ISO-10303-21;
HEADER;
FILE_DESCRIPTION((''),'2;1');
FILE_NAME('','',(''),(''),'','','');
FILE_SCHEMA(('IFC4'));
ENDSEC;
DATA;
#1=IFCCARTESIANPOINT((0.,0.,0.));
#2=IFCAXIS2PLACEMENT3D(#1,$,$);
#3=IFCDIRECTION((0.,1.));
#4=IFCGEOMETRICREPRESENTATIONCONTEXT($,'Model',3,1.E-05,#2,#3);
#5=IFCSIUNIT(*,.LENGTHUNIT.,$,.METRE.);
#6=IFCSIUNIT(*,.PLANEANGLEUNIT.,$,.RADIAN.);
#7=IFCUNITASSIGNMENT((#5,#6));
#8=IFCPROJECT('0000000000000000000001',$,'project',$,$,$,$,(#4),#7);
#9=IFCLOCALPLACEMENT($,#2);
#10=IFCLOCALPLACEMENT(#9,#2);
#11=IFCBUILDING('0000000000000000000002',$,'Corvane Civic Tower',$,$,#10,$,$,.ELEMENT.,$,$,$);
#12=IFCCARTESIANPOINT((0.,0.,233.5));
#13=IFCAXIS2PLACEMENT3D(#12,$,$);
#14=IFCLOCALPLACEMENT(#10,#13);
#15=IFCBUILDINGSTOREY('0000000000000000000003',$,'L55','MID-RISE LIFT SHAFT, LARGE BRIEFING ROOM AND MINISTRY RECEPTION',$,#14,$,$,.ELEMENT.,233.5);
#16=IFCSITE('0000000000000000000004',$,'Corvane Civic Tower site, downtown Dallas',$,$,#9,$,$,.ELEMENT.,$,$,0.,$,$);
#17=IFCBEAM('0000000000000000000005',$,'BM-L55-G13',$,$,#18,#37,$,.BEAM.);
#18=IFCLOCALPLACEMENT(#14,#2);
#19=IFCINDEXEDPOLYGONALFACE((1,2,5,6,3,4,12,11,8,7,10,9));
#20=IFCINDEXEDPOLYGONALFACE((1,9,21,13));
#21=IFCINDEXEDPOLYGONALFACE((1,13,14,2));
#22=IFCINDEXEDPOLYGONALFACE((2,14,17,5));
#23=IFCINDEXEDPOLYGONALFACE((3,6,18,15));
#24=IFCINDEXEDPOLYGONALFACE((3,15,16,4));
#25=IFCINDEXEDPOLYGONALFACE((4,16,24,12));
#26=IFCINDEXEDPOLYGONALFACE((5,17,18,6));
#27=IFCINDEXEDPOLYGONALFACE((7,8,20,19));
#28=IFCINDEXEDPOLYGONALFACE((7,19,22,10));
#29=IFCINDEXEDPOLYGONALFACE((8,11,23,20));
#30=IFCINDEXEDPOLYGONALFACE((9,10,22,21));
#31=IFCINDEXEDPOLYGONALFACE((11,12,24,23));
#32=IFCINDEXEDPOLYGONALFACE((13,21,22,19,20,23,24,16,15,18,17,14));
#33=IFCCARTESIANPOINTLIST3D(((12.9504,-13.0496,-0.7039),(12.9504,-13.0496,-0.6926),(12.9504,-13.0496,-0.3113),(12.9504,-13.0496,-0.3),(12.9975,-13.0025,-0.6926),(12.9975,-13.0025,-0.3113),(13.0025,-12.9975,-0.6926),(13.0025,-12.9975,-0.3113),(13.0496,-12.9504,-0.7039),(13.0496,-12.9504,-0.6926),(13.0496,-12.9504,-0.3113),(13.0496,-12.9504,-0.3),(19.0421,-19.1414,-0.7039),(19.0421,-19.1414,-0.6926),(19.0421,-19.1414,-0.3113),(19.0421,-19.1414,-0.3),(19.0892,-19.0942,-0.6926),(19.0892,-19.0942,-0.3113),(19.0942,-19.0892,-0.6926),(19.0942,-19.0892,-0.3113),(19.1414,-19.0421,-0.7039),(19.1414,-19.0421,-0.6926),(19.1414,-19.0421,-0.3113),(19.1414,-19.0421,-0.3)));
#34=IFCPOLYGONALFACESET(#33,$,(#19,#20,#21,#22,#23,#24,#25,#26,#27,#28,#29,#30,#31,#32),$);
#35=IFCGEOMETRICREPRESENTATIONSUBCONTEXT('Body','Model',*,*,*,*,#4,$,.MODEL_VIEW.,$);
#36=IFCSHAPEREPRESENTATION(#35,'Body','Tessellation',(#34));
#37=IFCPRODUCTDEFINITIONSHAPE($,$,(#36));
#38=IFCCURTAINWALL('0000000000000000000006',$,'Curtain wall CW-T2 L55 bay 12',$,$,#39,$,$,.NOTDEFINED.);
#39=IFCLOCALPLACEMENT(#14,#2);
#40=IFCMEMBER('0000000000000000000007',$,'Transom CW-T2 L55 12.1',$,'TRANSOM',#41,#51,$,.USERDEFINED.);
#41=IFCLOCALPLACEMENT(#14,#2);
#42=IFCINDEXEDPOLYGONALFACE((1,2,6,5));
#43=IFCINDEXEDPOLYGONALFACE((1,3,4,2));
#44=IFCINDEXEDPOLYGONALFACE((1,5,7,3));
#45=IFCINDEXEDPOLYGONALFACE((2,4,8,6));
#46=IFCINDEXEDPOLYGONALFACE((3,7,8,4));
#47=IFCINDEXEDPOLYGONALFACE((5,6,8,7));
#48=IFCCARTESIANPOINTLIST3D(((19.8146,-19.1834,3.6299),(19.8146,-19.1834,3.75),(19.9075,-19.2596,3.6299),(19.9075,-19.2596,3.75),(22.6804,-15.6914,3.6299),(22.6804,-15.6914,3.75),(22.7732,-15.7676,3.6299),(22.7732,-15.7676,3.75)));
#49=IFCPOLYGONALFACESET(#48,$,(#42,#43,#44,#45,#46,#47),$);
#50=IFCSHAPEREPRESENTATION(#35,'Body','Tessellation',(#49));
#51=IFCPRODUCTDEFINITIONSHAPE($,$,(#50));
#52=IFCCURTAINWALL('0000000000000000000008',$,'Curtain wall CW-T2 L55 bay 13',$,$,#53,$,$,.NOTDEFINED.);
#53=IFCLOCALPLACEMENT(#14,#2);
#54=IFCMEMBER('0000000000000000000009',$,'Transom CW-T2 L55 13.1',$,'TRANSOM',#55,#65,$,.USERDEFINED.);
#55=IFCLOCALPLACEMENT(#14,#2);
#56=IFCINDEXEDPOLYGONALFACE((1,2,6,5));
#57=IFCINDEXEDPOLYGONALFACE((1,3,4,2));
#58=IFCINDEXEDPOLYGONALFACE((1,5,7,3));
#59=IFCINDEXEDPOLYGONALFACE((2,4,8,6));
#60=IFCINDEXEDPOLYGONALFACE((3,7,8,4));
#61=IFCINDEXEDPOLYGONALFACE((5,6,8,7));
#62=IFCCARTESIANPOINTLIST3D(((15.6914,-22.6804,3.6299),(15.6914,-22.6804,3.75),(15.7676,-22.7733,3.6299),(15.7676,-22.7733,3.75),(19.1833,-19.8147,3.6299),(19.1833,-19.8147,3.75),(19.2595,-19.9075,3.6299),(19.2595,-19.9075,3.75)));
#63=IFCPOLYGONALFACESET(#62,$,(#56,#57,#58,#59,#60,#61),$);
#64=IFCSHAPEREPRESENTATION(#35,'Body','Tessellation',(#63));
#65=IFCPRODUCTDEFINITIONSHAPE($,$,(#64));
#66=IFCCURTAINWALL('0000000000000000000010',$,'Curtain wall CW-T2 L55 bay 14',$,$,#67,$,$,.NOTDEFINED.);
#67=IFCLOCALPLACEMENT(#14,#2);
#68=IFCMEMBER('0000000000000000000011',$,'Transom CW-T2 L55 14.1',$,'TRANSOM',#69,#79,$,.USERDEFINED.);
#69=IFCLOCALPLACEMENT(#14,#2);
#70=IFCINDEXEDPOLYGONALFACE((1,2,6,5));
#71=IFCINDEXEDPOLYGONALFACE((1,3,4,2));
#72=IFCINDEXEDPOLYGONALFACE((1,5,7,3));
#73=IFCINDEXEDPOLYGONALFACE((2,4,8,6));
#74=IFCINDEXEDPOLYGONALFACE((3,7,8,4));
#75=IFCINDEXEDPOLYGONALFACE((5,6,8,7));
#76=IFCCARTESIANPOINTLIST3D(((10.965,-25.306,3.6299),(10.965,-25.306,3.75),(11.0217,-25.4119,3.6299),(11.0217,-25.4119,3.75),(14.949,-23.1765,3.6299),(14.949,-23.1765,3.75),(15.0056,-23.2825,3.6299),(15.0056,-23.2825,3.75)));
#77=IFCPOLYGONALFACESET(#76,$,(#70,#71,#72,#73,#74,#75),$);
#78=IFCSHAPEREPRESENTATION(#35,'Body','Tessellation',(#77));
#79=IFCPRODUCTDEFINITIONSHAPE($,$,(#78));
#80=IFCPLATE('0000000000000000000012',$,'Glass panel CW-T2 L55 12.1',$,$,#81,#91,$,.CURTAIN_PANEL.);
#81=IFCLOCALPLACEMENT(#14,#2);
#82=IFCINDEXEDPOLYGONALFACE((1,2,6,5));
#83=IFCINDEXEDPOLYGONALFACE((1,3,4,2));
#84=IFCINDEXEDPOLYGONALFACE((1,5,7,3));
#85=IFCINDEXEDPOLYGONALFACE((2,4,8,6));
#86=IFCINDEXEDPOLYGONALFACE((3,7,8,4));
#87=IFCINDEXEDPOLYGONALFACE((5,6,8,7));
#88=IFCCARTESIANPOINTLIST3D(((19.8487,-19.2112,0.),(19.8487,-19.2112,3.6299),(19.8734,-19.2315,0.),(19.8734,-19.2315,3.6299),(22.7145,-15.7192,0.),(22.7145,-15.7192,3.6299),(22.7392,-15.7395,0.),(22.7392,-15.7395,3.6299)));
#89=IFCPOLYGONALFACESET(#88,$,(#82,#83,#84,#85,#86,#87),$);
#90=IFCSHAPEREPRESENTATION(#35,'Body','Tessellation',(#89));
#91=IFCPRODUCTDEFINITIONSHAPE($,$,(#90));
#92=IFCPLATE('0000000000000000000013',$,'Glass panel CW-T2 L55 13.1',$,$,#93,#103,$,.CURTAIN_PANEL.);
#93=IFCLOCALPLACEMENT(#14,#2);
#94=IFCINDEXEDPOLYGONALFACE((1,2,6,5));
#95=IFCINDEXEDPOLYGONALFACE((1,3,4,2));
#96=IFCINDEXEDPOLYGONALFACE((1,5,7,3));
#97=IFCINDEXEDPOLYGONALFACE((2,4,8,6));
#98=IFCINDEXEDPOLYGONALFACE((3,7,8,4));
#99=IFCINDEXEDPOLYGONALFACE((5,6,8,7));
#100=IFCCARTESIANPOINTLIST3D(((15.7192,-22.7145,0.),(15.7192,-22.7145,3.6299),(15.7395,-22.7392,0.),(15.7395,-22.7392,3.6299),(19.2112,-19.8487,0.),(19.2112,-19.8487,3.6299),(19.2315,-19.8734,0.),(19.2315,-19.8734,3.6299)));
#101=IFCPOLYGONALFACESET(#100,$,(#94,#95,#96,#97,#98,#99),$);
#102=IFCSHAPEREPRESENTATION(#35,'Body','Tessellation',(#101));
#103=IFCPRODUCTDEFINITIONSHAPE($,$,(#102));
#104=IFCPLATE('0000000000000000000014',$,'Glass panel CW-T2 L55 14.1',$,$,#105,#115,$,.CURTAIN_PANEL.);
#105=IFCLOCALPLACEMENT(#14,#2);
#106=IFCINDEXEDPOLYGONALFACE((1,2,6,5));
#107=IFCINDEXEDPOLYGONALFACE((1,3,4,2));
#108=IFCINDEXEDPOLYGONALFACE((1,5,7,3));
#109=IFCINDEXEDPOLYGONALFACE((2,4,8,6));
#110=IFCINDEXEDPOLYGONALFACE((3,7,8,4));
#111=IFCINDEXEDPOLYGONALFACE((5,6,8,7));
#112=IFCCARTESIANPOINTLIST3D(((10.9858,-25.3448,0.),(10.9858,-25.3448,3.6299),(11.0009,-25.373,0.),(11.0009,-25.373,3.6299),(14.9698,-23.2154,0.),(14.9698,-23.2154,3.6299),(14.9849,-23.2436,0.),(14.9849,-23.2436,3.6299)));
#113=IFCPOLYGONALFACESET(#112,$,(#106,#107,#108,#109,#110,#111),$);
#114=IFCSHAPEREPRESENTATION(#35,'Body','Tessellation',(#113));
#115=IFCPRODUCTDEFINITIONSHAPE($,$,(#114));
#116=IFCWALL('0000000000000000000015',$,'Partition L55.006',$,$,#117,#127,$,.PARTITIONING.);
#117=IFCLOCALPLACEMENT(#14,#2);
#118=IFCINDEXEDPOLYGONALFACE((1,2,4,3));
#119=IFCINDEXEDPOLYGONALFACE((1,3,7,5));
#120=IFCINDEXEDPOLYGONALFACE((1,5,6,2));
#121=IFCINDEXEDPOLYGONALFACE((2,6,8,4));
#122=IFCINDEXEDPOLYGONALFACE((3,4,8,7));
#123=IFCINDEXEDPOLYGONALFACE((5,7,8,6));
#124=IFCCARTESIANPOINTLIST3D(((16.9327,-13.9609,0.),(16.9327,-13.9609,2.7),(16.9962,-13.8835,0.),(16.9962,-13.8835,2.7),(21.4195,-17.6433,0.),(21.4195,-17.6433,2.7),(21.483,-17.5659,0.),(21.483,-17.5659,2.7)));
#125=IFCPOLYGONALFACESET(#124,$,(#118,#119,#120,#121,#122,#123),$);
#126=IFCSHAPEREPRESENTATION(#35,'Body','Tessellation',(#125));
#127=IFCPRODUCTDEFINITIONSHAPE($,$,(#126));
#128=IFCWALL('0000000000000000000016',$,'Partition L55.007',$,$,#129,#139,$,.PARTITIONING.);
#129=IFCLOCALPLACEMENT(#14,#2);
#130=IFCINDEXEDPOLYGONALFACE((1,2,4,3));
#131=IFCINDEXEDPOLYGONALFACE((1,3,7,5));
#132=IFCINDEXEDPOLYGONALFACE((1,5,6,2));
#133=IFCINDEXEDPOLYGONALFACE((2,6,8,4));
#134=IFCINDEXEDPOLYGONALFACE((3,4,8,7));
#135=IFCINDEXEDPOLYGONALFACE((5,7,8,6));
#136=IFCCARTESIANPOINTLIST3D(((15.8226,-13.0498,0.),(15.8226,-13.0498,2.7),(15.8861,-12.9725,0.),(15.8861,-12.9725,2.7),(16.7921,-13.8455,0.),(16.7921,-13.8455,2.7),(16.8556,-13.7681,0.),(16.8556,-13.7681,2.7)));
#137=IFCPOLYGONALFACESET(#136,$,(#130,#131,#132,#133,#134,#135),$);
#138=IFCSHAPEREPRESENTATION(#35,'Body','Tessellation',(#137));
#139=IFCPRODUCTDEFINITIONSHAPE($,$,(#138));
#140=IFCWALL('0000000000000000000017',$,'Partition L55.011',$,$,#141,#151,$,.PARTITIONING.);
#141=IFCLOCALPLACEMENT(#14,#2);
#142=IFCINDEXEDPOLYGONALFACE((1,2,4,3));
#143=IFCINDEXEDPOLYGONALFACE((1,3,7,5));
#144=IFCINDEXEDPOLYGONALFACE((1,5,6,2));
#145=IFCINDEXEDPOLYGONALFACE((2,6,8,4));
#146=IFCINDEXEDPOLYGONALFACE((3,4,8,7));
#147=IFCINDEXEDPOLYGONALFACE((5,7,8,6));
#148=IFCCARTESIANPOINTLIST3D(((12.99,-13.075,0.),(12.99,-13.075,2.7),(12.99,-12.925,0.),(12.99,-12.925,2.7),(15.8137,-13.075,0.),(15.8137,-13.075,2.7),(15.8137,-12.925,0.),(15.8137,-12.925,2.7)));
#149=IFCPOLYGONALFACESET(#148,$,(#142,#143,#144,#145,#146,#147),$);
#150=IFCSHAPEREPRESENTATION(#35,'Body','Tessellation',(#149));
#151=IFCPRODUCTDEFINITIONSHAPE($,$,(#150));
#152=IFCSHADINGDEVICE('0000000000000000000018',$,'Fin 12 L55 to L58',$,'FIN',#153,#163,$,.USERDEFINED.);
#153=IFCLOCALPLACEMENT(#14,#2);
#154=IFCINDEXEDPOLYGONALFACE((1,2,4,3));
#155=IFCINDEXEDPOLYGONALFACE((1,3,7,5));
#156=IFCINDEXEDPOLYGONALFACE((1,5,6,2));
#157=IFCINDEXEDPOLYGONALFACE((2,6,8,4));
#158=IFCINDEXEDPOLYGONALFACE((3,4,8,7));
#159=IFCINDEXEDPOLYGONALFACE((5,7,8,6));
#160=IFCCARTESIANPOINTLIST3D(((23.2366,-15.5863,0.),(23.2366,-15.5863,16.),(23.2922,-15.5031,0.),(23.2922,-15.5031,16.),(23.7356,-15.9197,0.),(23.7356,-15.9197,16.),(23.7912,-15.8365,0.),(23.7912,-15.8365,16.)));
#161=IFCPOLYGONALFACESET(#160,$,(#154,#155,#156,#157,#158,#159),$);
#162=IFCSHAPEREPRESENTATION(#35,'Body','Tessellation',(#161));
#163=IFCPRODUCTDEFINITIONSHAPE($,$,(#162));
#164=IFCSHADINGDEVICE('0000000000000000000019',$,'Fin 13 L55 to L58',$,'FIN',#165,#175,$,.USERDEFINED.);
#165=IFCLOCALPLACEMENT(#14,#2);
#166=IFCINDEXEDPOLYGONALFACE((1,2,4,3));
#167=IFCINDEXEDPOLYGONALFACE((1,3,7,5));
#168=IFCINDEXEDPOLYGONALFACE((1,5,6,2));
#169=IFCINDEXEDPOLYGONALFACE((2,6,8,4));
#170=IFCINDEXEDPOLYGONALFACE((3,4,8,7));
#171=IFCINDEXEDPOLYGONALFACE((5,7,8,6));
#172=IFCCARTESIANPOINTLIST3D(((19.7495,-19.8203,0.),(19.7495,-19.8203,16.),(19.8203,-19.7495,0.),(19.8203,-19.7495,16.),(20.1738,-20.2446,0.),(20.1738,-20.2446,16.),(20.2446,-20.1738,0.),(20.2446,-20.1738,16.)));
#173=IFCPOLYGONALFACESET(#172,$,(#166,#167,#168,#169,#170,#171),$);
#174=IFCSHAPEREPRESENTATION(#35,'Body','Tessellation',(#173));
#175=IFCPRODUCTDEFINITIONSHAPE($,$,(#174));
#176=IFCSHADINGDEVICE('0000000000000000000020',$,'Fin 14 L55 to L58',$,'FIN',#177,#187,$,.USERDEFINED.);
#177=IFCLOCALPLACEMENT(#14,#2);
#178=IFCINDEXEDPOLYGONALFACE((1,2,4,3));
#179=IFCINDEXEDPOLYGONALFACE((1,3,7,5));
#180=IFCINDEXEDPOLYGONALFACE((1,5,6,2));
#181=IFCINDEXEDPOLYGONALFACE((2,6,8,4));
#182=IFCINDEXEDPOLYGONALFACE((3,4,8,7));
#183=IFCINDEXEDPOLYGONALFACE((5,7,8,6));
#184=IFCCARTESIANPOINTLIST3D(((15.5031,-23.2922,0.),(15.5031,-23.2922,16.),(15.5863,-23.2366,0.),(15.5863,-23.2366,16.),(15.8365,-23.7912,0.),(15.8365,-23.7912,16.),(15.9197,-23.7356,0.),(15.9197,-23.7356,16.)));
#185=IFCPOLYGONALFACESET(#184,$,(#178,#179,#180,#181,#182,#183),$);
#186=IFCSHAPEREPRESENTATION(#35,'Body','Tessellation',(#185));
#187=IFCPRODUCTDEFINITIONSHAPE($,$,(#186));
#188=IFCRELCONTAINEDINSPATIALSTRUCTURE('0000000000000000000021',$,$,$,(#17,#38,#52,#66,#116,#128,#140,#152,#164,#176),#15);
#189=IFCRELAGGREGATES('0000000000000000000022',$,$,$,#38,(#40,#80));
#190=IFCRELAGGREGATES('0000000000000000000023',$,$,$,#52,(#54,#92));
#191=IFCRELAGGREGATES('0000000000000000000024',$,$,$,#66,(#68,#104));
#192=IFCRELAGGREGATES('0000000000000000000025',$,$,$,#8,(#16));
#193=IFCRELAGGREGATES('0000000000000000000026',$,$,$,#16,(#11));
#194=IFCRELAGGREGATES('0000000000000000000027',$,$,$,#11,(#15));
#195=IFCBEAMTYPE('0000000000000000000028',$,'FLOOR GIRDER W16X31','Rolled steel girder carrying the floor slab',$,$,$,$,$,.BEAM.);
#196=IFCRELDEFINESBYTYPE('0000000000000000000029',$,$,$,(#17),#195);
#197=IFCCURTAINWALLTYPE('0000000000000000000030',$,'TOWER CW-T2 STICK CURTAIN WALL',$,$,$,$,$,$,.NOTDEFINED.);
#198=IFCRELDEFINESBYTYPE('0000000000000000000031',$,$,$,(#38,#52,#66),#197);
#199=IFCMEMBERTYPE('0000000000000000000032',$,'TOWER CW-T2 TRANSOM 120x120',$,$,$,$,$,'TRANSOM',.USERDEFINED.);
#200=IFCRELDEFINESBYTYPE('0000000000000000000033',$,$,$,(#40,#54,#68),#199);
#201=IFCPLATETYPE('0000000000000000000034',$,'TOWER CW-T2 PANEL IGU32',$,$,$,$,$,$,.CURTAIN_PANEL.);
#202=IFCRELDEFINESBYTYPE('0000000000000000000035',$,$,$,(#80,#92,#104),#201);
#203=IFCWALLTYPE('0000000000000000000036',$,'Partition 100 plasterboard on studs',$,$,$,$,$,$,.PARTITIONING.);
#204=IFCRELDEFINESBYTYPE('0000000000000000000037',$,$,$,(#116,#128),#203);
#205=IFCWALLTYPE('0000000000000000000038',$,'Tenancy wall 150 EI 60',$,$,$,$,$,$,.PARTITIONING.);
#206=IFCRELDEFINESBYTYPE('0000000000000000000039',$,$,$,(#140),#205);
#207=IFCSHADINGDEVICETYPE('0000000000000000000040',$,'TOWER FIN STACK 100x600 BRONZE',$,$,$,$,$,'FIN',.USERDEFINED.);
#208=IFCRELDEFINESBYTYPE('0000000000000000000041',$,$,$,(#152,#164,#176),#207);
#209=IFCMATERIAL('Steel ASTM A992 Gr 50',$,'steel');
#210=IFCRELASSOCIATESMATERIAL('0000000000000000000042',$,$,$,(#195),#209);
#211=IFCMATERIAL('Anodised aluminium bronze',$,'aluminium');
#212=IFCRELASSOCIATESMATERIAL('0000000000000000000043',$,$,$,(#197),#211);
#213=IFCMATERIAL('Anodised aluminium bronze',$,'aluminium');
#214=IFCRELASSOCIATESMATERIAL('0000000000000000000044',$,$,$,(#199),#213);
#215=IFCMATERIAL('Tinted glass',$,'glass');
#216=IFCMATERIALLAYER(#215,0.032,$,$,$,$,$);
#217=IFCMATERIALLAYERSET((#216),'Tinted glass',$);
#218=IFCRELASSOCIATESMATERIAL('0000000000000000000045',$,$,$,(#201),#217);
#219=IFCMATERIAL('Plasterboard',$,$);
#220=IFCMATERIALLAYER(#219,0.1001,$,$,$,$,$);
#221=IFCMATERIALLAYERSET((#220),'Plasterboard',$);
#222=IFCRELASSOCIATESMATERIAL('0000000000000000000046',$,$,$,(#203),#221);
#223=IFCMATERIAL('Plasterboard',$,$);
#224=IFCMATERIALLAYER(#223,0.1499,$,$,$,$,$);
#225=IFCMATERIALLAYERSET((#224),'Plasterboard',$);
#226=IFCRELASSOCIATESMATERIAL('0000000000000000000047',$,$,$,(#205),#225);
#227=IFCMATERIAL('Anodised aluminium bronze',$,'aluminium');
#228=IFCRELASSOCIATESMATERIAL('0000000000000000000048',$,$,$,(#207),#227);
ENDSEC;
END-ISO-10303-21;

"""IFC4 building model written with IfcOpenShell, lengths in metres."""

from ifc_helpers import new_model, si_unit, direction, frame, frame_2d, origin, origin_2d, place, context, subcontext, project, spatial, rectangle, i_section, extrude, material, layer, layer_set, material_profile, profile_set, type_object, element, aggregate, save


model = new_model("IFC4")

# Units and contexts
model_context = context("Model", 3, precision=1e-05, world=origin(), true_north=direction((0.0, 1.0)))
body_context = subcontext(model_context, "Body", "Model", "MODEL_VIEW")
ifc_project = project(units=[si_unit("LENGTHUNIT", "METRE"), si_unit("PLANEANGLEUNIT", "RADIAN")], contexts=[model_context])

# Site, building, storey
site_placement = place(None, origin())
site = spatial("IfcSite", under=ifc_project, at=site_placement, Name="Corvane Civic Tower site, downtown Dallas", CompositionType="ELEMENT", RefElevation=0.0)
building_placement = place(site_placement, origin())
building = spatial("IfcBuilding", under=site, at=building_placement, Name="Corvane Civic Tower", CompositionType="ELEMENT")
storey_placement = place(building_placement, frame((0.0, 0.0, 233.5)))
storey = spatial("IfcBuildingStorey", under=building, at=storey_placement, Name="L55", Description="MID-RISE LIFT SHAFT, LARGE BRIEFING ROOM AND MINISTRY RECEPTION", CompositionType="ELEMENT", Elevation=233.5)

# Beam
ifc_material_1 = material(Name="Steel ASTM A992 Gr 50", Category="steel")
ifc_material_profile_1 = material_profile(ifc_material_1, i_section(OverallWidth=0.1404, OverallDepth=0.4038, WebThickness=0.0071, FlangeThickness=0.0112, at=origin_2d()), Name="W16X31")
ifc_profile_set_1 = profile_set([ifc_material_profile_1], Name="Steel ASTM A992 Gr 50")
beam_type_1 = type_object("IfcBeamType", Name="FLOOR GIRDER W16X31", Description="Rolled steel girder carrying the floor slab", PredefinedType="BEAM", material=ifc_profile_set_1)
beam_placement = place(storey_placement, frame((13.0, -13.0, -0.502), z_axis=(0.707107, -0.707107, 0.0), x_axis=(0.707107, 0.707107, 0.0)))
element("IfcBeam", 1, at=beam_placement, inside=storey, type_object=beam_type_1, Name="BM-L55-G13", PredefinedType="BEAM", context=body_context, shape_type="SweptSolid", body=[
    extrude(i_section(OverallWidth=0.1404, OverallDepth=0.4038, WebThickness=0.0071, FlangeThickness=0.0112, at=origin_2d()), origin(), (0.0, 0.0, 1.0), 8.615),
])

# Curtain walls, members
ifc_material_2 = material(Name="Anodised aluminium bronze", Category="aluminium")
curtain_wall_type = type_object("IfcCurtainWallType", Name="TOWER CW-T2 STICK CURTAIN WALL", PredefinedType="NOTDEFINED", material=ifc_material_2)
curtain_wall_1_placement = place(storey_placement, origin())
curtain_wall_1 = element("IfcCurtainWall", 2, at=curtain_wall_1_placement, inside=storey, type_object=curtain_wall_type, Name="Curtain wall CW-T2 L55 bay 12", PredefinedType="NOTDEFINED")
ifc_material_3 = material(Name="Anodised aluminium bronze", Category="aluminium")
ifc_material_profile_2 = material_profile(ifc_material_3, rectangle(XDim=0.1201, YDim=0.1201, at=origin_2d()), Name="TOWER CW-T2 TRANSOM 120x120")
ifc_profile_set_2 = profile_set([ifc_material_profile_2], Name="Anodised aluminium bronze")
member_type = type_object("IfcMemberType", Name="TOWER CW-T2 TRANSOM 120x120", ElementType="TRANSOM", PredefinedType="USERDEFINED", material=ifc_profile_set_2)
member_1_placement = place(storey_placement, frame((22.7268, -15.7295, 3.6899), z_axis=(-0.634388, -0.773015, 0.0), x_axis=(0.773015, -0.634388, 0.0)))
member_1 = element("IfcMember", 3, at=member_1_placement, type_object=member_type, Name="Transom CW-T2 L55 12.1", ObjectType="TRANSOM", PredefinedType="USERDEFINED", context=body_context, shape_type="SweptSolid", body=[
    extrude(rectangle(XDim=0.1201, YDim=0.1201, at=origin_2d()), origin(), (0.0, 0.0, 1.0), 4.5173),
])
curtain_wall_2_placement = place(storey_placement, origin())
curtain_wall_2 = element("IfcCurtainWall", 4, at=curtain_wall_2_placement, inside=storey, type_object=curtain_wall_type, Name="Curtain wall CW-T2 L55 bay 13", PredefinedType="NOTDEFINED")
member_2_placement = place(storey_placement, frame((19.2214, -19.8611, 3.6899), z_axis=(-0.773015, -0.634388, 0.0), x_axis=(0.634388, -0.773015, 0.0)))
member_2 = element("IfcMember", 5, at=member_2_placement, type_object=member_type, Name="Transom CW-T2 L55 13.1", ObjectType="TRANSOM", PredefinedType="USERDEFINED", context=body_context, shape_type="SweptSolid", body=[
    extrude(rectangle(XDim=0.1201, YDim=0.1201, at=origin_2d()), origin(), (0.0, 0.0, 1.0), 4.5173),
])
curtain_wall_3_placement = place(storey_placement, origin())
curtain_wall_3 = element("IfcCurtainWall", 6, at=curtain_wall_3_placement, inside=storey, type_object=curtain_wall_type, Name="Curtain wall CW-T2 L55 bay 14", PredefinedType="NOTDEFINED")
member_3_placement = place(storey_placement, frame((14.9773, -23.2295, 3.6899), z_axis=(-0.881925, -0.47139, 0.0), x_axis=(0.47139, -0.881925, 0.0)))
member_3 = element("IfcMember", 7, at=member_3_placement, type_object=member_type, Name="Transom CW-T2 L55 14.1", ObjectType="TRANSOM", PredefinedType="USERDEFINED", context=body_context, shape_type="SweptSolid", body=[
    extrude(rectangle(XDim=0.1201, YDim=0.1201, at=origin_2d()), origin(), (0.0, 0.0, 1.0), 4.5173),
])

# Plates
ifc_material_4 = material(Name="Tinted glass", Category="glass")
ifc_layer_1 = layer(ifc_material_4, 0.032)
ifc_layer_set_1 = layer_set([ifc_layer_1], Name="Tinted glass")
plate_type = type_object("IfcPlateType", Name="TOWER CW-T2 PANEL IGU32", PredefinedType="CURTAIN_PANEL", material=ifc_layer_set_1)
plate_1_placement = place(storey_placement, frame((21.2939, -17.4753, 0.0), z_axis=(0.0, 0.0, 1.0), x_axis=(-0.634391, -0.773012, 0.0)))
plate_1 = element("IfcPlate", 8, at=plate_1_placement, type_object=plate_type, Name="Glass panel CW-T2 L55 12.1", PredefinedType="CURTAIN_PANEL", context=body_context, shape_type="SweptSolid", body=[
    extrude(rectangle(XDim=4.5173, YDim=0.032, at=origin_2d()), origin(), (0.0, 0.0, 1.0), 3.6299),
])
aggregate(curtain_wall_1, [member_1, plate_1])
plate_2_placement = place(storey_placement, frame((17.4753, -21.2939, 0.0), z_axis=(0.0, 0.0, 1.0), x_axis=(-0.773012, -0.634391, 0.0)))
plate_2 = element("IfcPlate", 9, at=plate_2_placement, type_object=plate_type, Name="Glass panel CW-T2 L55 13.1", PredefinedType="CURTAIN_PANEL", context=body_context, shape_type="SweptSolid", body=[
    extrude(rectangle(XDim=4.5173, YDim=0.032, at=origin_2d()), origin(), (0.0, 0.0, 1.0), 3.6299),
])
aggregate(curtain_wall_2, [member_2, plate_2])
plate_3_placement = place(storey_placement, frame((12.9854, -24.2942, 0.0), z_axis=(0.0, 0.0, 1.0), x_axis=(-0.88192, -0.471398, 0.0)))
plate_3 = element("IfcPlate", 10, at=plate_3_placement, type_object=plate_type, Name="Glass panel CW-T2 L55 14.1", PredefinedType="CURTAIN_PANEL", context=body_context, shape_type="SweptSolid", body=[
    extrude(rectangle(XDim=4.5173, YDim=0.032, at=origin_2d()), origin(), (0.0, 0.0, 1.0), 3.6299),
])
aggregate(curtain_wall_3, [member_3, plate_3])

# Walls
ifc_material_5 = material(Name="Plasterboard")
ifc_layer_2 = layer(ifc_material_5, 0.1001)
ifc_layer_set_2 = layer_set([ifc_layer_2], Name="Plasterboard")
wall_type_1 = type_object("IfcWallType", Name="Partition 100 plasterboard on studs", PredefinedType="PARTITIONING", material=ifc_layer_set_2)
wall_1_placement = place(storey_placement, frame((16.9644, -13.9221, 0.0), z_axis=(0.0, 0.0, 1.0), x_axis=(0.772999, -0.634407, 0.0)))
element("IfcWall", 11, at=wall_1_placement, inside=storey, type_object=wall_type_1, Name="Partition L55.006", PredefinedType="PARTITIONING", context=body_context, shape_type="SweptSolid", body=[
    extrude(rectangle(XDim=5.8044, YDim=0.1001, at=frame_2d((2.9023, 0.0))), origin(), (0.0, 0.0, 1.0), 2.7),
])
wall_2_placement = place(storey_placement, frame((15.8545, -13.0112, 0.0), z_axis=(0.0, 0.0, 1.0), x_axis=(0.773002, -0.634403, 0.0)))
element("IfcWall", 12, at=wall_2_placement, inside=storey, type_object=wall_type_1, Name="Partition L55.007", PredefinedType="PARTITIONING", context=body_context, shape_type="SweptSolid", body=[
    extrude(rectangle(XDim=1.2542, YDim=0.1001, at=frame_2d((0.627, 0.0))), origin(), (0.0, 0.0, 1.0), 2.7),
])
ifc_material_6 = material(Name="Plasterboard")
ifc_layer_3 = layer(ifc_material_6, 0.1499)
ifc_layer_set_3 = layer_set([ifc_layer_3], Name="Plasterboard")
wall_type_2 = type_object("IfcWallType", Name="Tenancy wall 150 EI 60", PredefinedType="PARTITIONING", material=ifc_layer_set_3)
wall_3_placement = place(storey_placement, frame((12.99, -13.0, 0.0), z_axis=(0.0, 0.0, 1.0), x_axis=(1.0, 0.0, 0.0)))
element("IfcWall", 13, at=wall_3_placement, inside=storey, type_object=wall_type_2, Name="Partition L55.011", PredefinedType="PARTITIONING", context=body_context, shape_type="SweptSolid", body=[
    extrude(rectangle(XDim=2.8237, YDim=0.1499, at=frame_2d((1.4119, 0.0))), origin(), (0.0, 0.0, 1.0), 2.7),
])

# Shading devices
ifc_material_7 = material(Name="Anodised aluminium bronze", Category="aluminium")
ifc_material_profile_3 = material_profile(ifc_material_7, rectangle(XDim=0.1001, YDim=0.6001, at=origin_2d()), Name="TOWER FIN STACK 100x600 BRONZE")
ifc_profile_set_3 = profile_set([ifc_material_profile_3], Name="Anodised aluminium bronze")
shading_device_type = type_object("IfcShadingDeviceType", Name="TOWER FIN STACK 100x600 BRONZE", ElementType="FIN", PredefinedType="USERDEFINED", material=ifc_profile_set_3)
for number, where, z_axis, x_axis, name in (
    (14, (23.5139, -15.7114, 0.0), (0.0, 0.0, 1.0), (-0.55557, -0.83147, 0.0), "Fin 12 L55 to L58"),
    (15, (19.9971, -19.9971, 0.0), (0.0, 0.0, 1.0), (-0.707107, -0.707107, 0.0), "Fin 13 L55 to L58"),
    (16, (15.7114, -23.5139, 0.0), (0.0, 0.0, 1.0), (-0.83147, -0.55557, 0.0), "Fin 14 L55 to L58"),
):
    element("IfcShadingDevice", number, at=place(storey_placement, frame(where, z_axis=z_axis, x_axis=x_axis)), inside=storey, type_object=shading_device_type, Name=name, ObjectType="FIN", PredefinedType="USERDEFINED", context=body_context, shape_type="SweptSolid", body=[
        extrude(rectangle(XDim=0.1001, YDim=0.6001, at=origin_2d()), origin(), (0.0, 0.0, 1.0), 16.0),
    ])

save(model, "model.ifc")
